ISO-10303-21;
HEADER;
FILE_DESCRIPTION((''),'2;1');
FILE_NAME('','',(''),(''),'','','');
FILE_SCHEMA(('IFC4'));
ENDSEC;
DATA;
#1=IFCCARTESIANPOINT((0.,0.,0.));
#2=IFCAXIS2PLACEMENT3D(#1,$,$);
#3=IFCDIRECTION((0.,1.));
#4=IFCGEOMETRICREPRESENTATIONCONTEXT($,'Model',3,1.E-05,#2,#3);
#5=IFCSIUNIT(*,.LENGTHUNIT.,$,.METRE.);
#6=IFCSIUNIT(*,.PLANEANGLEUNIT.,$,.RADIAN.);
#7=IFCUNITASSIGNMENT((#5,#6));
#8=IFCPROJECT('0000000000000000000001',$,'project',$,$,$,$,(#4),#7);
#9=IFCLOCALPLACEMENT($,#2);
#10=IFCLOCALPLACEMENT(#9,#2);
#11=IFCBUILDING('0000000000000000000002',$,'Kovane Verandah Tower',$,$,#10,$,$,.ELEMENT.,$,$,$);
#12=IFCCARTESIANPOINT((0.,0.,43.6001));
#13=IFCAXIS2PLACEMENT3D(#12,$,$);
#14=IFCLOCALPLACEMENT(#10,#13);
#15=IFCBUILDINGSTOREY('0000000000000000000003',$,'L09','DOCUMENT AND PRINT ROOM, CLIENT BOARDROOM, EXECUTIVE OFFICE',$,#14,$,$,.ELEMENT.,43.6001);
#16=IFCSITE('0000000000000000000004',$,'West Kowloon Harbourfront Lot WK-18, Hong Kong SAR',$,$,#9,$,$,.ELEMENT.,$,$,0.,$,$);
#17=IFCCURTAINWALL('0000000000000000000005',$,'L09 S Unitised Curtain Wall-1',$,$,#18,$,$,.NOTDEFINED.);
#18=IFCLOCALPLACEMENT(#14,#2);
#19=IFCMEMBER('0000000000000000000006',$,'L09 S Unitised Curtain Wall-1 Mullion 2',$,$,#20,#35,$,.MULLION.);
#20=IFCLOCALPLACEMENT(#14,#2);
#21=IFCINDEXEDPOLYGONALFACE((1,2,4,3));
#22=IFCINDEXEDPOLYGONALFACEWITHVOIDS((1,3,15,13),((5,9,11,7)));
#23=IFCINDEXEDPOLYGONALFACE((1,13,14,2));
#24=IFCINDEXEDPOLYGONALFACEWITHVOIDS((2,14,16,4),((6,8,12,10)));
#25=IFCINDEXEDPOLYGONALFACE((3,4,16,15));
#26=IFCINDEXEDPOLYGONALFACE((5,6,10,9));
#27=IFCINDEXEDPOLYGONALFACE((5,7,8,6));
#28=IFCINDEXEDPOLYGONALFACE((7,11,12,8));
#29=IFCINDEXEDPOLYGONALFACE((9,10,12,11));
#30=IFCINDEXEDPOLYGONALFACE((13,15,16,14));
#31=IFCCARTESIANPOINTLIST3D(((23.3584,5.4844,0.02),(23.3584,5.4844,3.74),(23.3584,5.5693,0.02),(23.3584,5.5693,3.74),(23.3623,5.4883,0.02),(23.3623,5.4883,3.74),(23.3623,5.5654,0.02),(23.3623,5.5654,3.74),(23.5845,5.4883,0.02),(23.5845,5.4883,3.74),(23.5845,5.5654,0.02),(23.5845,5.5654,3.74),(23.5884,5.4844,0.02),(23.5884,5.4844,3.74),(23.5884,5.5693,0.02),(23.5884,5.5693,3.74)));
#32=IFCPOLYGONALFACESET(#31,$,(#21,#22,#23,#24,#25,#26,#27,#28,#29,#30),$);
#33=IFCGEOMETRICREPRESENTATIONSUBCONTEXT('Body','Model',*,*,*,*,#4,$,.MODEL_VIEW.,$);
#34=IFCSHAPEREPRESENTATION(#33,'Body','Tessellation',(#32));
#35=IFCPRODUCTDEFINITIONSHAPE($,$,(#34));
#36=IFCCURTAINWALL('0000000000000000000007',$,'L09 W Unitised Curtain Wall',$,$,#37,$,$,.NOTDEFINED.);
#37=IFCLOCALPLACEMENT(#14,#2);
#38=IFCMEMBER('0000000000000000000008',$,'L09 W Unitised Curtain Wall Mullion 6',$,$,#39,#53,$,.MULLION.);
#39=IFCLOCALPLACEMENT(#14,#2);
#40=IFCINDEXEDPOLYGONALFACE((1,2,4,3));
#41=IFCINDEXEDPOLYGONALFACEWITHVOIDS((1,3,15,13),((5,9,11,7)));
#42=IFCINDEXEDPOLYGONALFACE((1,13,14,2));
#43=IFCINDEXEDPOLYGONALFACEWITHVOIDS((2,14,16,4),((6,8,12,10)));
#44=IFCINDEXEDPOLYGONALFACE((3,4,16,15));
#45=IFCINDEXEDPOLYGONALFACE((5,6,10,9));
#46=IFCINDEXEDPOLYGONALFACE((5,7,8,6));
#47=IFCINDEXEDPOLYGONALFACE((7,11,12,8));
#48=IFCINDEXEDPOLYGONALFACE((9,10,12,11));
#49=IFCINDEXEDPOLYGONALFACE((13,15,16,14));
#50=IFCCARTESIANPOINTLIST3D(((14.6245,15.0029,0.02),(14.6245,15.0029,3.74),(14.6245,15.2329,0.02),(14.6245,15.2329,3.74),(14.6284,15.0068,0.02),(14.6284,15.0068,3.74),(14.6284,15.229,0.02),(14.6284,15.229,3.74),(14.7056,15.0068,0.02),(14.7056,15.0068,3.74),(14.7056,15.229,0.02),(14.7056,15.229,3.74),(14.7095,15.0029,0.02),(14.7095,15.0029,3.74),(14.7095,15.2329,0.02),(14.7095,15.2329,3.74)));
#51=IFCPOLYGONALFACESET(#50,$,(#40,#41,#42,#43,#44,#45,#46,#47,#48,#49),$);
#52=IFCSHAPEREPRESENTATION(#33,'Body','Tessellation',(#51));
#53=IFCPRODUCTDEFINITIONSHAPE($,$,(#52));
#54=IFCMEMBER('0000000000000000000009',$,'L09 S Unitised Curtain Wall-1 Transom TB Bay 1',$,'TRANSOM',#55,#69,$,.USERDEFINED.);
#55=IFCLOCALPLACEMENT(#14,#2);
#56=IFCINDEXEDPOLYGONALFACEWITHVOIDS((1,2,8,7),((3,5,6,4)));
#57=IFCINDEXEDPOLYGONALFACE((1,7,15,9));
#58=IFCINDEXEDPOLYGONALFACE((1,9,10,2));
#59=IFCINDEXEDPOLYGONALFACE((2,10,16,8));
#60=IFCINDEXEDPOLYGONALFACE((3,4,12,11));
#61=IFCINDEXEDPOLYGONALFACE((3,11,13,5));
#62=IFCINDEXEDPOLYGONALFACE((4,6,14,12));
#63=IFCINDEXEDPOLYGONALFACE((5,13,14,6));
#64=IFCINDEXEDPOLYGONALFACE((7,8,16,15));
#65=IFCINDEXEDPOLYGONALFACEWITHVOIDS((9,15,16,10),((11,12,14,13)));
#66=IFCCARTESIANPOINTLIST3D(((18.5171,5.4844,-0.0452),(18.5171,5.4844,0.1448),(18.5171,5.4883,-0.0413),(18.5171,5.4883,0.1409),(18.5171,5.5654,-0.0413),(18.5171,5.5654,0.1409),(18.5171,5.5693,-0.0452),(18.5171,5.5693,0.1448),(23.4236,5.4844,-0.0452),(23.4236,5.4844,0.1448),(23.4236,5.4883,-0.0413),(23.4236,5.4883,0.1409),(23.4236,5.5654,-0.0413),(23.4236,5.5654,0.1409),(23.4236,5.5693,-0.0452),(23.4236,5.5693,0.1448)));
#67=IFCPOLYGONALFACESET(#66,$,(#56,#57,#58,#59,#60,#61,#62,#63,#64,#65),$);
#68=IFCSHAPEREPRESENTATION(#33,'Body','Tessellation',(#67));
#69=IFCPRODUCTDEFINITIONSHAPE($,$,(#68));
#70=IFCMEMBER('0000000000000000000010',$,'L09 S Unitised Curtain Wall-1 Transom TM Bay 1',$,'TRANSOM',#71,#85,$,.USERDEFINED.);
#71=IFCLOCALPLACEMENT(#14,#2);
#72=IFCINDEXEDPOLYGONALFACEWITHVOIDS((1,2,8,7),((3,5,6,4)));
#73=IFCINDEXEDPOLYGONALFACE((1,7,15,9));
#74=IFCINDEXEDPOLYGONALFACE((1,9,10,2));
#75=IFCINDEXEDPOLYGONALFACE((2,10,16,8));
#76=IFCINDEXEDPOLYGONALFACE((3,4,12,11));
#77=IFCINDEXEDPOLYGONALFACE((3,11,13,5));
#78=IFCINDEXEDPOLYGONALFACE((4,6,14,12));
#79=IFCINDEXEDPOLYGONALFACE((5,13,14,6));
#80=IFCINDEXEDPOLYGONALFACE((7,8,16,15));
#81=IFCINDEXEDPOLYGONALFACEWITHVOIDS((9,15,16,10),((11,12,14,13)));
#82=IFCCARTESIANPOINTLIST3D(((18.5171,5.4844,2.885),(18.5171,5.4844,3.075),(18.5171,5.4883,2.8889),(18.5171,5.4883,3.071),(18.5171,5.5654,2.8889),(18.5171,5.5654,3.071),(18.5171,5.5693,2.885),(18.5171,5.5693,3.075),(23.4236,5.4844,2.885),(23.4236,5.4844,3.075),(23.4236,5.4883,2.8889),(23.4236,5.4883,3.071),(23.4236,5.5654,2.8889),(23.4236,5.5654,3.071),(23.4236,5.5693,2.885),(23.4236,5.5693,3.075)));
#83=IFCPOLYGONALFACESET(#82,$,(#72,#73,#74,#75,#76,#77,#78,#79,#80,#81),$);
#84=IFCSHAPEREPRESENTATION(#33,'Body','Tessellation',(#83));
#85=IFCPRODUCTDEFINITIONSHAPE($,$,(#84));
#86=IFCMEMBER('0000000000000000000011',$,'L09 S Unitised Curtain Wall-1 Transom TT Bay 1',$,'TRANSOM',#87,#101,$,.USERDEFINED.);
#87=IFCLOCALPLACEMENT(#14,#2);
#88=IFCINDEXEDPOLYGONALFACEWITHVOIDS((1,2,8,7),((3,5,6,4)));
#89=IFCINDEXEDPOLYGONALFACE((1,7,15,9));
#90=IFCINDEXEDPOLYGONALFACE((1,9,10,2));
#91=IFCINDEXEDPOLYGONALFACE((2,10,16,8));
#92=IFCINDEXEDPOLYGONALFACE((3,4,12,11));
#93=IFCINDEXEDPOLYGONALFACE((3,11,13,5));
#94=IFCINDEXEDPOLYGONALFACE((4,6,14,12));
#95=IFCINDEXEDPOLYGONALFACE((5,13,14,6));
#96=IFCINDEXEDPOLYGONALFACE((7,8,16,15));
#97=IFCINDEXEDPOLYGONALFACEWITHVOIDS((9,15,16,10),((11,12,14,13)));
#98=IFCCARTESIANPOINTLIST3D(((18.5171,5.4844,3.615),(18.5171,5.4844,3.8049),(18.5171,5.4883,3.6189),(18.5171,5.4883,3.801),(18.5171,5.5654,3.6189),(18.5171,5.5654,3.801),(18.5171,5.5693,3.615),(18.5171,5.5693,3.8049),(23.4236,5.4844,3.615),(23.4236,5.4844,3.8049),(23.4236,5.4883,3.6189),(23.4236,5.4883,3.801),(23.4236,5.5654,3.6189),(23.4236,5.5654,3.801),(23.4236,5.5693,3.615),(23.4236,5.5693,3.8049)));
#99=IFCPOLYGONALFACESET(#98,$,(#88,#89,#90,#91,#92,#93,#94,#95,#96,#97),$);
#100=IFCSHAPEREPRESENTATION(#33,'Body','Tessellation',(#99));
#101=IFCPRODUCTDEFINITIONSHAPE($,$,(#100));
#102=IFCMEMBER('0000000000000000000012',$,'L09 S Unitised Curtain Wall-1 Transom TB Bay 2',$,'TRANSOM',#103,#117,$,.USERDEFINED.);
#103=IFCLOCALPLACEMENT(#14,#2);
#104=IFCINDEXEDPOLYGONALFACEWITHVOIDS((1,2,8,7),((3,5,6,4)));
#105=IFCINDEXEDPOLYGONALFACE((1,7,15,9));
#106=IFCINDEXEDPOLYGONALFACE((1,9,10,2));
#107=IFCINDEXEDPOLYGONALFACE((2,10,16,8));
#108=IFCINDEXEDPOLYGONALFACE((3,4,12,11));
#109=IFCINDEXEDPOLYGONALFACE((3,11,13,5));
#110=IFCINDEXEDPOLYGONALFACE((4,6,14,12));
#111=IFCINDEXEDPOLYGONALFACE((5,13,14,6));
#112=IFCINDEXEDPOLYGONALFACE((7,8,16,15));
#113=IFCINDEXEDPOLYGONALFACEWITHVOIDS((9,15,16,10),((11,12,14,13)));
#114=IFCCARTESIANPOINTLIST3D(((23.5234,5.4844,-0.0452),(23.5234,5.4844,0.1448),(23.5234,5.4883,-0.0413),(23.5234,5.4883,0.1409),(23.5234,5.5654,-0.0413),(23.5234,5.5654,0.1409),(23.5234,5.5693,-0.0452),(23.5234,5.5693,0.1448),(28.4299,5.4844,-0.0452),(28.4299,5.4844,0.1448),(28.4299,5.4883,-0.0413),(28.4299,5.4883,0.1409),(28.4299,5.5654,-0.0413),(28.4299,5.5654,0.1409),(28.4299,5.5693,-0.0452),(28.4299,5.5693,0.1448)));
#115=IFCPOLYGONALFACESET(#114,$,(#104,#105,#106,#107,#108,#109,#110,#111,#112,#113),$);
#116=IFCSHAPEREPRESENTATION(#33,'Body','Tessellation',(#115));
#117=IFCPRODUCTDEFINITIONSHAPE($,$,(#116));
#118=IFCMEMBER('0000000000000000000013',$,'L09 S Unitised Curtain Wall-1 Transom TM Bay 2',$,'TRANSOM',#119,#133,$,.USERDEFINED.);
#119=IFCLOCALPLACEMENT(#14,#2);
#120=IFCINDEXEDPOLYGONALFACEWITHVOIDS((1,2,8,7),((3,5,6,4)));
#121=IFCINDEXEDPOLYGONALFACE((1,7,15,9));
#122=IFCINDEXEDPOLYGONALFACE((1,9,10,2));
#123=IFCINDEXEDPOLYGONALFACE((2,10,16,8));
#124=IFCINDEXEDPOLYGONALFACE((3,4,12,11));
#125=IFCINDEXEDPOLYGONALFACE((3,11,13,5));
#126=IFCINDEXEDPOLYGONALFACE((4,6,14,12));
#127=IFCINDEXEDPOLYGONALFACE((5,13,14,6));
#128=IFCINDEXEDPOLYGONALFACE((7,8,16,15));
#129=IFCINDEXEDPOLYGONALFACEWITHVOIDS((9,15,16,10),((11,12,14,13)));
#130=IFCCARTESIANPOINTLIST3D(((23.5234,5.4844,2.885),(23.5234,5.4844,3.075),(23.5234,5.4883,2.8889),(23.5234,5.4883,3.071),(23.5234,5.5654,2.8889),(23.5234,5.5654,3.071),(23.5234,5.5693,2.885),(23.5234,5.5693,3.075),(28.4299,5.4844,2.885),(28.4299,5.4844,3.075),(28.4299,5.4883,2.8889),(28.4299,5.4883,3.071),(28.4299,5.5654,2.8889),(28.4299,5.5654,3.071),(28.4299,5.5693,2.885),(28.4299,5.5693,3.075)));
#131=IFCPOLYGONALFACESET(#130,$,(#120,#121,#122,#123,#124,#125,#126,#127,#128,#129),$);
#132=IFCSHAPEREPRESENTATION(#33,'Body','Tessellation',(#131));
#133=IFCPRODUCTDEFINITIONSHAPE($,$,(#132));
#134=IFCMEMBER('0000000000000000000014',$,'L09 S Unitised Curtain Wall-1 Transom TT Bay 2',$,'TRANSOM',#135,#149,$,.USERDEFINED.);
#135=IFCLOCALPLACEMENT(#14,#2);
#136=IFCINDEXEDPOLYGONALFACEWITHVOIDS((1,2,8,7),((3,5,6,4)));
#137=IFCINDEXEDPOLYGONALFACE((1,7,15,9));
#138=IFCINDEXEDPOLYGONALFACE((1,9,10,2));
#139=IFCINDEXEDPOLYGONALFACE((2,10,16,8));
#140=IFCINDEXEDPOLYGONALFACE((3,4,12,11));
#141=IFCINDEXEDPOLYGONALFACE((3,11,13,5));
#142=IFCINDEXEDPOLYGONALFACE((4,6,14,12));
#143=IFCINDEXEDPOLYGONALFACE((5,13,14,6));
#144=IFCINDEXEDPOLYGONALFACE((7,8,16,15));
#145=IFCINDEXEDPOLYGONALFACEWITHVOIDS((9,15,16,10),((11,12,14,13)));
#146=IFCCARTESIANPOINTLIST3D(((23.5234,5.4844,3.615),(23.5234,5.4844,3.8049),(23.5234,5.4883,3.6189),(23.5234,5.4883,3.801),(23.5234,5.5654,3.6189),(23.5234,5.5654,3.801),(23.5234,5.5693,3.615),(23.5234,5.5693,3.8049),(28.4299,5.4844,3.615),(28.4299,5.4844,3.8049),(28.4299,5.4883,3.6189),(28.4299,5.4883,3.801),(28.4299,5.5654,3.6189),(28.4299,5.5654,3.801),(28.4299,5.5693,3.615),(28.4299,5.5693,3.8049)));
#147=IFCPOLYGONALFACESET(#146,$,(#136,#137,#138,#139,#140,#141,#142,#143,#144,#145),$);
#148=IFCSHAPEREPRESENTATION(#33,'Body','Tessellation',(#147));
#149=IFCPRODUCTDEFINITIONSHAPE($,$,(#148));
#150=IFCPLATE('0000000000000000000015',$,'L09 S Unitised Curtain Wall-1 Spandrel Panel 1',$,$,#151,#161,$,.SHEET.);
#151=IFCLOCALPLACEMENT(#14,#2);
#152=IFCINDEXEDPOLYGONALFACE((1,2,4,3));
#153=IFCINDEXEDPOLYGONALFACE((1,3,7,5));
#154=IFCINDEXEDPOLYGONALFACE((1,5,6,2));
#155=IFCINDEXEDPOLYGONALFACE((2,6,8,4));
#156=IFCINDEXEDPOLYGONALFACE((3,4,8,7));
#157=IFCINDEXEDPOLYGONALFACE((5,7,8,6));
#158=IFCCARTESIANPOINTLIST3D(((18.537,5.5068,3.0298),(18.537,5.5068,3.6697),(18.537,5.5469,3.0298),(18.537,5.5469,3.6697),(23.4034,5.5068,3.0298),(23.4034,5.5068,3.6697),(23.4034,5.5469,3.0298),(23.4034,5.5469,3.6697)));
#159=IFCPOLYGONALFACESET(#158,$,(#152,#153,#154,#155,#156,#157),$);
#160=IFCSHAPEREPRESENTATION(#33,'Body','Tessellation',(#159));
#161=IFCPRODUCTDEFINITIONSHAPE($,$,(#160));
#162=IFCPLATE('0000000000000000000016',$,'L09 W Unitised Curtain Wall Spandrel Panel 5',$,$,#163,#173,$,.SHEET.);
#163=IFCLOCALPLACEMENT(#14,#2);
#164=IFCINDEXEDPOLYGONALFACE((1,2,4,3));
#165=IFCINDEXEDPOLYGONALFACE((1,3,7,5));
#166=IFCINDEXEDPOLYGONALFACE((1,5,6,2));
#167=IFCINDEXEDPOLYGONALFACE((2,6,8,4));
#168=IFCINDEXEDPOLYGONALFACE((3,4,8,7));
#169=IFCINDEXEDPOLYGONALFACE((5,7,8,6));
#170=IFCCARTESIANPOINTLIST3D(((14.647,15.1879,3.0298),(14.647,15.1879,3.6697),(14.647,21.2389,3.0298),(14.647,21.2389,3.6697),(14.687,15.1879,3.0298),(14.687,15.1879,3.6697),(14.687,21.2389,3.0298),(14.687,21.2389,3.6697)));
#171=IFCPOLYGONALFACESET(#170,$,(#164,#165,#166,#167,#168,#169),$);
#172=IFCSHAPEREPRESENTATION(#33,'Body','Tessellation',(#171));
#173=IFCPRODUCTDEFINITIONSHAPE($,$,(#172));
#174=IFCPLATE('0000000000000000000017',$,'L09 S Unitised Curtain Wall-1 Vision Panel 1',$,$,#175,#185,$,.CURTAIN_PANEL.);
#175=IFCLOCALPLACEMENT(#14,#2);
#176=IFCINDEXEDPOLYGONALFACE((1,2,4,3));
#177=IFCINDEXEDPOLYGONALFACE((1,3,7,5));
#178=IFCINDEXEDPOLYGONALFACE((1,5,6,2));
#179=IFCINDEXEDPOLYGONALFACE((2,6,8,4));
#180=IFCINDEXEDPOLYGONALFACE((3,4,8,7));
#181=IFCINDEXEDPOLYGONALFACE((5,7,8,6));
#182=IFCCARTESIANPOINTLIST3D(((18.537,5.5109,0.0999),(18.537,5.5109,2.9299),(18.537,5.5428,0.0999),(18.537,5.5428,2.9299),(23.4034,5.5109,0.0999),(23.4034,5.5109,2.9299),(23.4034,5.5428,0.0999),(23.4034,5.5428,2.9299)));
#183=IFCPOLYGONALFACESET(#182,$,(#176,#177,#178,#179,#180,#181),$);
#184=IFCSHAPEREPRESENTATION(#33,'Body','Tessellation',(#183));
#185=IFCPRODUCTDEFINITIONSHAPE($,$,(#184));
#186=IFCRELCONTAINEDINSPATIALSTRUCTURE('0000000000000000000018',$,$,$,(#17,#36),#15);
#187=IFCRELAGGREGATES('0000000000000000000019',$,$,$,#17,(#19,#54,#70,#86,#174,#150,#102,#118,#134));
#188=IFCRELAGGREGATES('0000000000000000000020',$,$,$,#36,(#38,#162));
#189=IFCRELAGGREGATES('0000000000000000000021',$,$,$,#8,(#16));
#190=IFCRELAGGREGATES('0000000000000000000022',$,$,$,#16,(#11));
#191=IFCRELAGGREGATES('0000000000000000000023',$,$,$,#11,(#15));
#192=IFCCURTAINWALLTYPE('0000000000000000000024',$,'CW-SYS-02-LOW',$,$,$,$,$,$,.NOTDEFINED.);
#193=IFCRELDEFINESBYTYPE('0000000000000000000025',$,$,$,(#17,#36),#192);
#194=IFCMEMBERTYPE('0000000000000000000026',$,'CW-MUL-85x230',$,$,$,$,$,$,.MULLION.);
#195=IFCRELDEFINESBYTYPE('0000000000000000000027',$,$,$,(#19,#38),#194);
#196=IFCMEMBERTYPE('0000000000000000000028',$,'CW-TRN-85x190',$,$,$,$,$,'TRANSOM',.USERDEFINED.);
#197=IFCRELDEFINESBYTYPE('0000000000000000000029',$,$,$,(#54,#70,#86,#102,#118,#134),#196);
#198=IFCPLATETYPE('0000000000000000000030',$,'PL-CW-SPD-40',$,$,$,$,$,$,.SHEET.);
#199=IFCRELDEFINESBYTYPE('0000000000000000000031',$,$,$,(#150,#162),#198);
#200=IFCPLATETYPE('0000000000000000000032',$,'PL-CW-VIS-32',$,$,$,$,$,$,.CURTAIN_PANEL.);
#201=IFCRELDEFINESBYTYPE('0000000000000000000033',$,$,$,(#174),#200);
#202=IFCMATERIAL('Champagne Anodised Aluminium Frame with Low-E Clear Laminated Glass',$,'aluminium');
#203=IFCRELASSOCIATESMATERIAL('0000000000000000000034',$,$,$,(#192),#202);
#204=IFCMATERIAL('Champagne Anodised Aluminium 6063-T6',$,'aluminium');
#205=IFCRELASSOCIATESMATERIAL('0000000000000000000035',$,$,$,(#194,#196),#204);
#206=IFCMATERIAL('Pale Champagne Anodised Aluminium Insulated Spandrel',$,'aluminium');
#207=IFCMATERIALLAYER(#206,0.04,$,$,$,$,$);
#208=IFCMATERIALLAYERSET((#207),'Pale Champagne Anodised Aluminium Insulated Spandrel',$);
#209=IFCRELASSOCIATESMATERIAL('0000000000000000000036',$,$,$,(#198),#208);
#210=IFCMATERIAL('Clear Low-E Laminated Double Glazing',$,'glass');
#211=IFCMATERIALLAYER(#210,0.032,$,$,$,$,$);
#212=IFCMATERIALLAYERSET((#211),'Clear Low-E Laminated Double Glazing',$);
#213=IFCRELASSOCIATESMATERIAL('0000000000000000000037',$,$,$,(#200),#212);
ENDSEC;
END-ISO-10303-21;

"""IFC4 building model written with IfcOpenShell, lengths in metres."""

from ifc_helpers import new_model, si_unit, direction, frame, origin, origin_2d, place, context, subcontext, project, spatial, rectangle, hollow_rectangle, extrude, material, layer, layer_set, material_profile, profile_set, type_object, element, aggregate, save


model = new_model("IFC4")

# Units and contexts
model_context = context("Model", 3, precision=1e-05, world=origin(), true_north=direction((0.0, 1.0)))
body_context = subcontext(model_context, "Body", "Model", "MODEL_VIEW")
ifc_project = project(units=[si_unit("LENGTHUNIT", "METRE"), si_unit("PLANEANGLEUNIT", "RADIAN")], contexts=[model_context])

# Site, building, storey
site_placement = place(None, origin())
site = spatial("IfcSite", under=ifc_project, at=site_placement, Name="West Kowloon Harbourfront Lot WK-18, Hong Kong SAR", CompositionType="ELEMENT", RefElevation=0.0)
building_placement = place(site_placement, origin())
building = spatial("IfcBuilding", under=site, at=building_placement, Name="Kovane Verandah Tower", CompositionType="ELEMENT")
storey_placement = place(building_placement, frame((0.0, 0.0, 43.6001)))
storey = spatial("IfcBuildingStorey", under=building, at=storey_placement, Name="L09", Description="DOCUMENT AND PRINT ROOM, CLIENT BOARDROOM, EXECUTIVE OFFICE", CompositionType="ELEMENT", Elevation=43.6001)

# Curtain wall, member
ifc_material_1 = material(Name="Champagne Anodised Aluminium Frame with Low-E Clear Laminated Glass", Category="aluminium")
curtain_wall_type = type_object("IfcCurtainWallType", Name="CW-SYS-02-LOW", PredefinedType="NOTDEFINED", material=ifc_material_1)
curtain_wall_1_placement = place(storey_placement, origin())
curtain_wall_1 = element("IfcCurtainWall", 1, at=curtain_wall_1_placement, inside=storey, type_object=curtain_wall_type, Name="L09 S Unitised Curtain Wall-1", PredefinedType="NOTDEFINED")
ifc_material_2 = material(Name="Champagne Anodised Aluminium 6063-T6", Category="aluminium")
ifc_material_profile_1 = material_profile(ifc_material_2, hollow_rectangle(XDim=0.085, YDim=0.23, WallThickness=0.0039, at=origin_2d()), Name="AL85x230x4")
ifc_profile_set_1 = profile_set([ifc_material_profile_1], Name="Champagne Anodised Aluminium 6063-T6")
member_type_1 = type_object("IfcMemberType", Name="CW-MUL-85x230", PredefinedType="MULLION", material=ifc_profile_set_1)
member_1_placement = place(storey_placement, frame((23.4734, 5.5269, 0.02), z_axis=(0.0, 0.0, 1.0), x_axis=(0.0, -1.0, 0.0)))
member_1 = element("IfcMember", 2, at=member_1_placement, type_object=member_type_1, Name="L09 S Unitised Curtain Wall-1 Mullion 2", PredefinedType="MULLION", context=body_context, shape_type="SweptSolid", body=[
    extrude(hollow_rectangle(XDim=0.085, YDim=0.23, WallThickness=0.0039, at=origin_2d()), origin(), (0.0, 0.0, 1.0), 3.72),
])

# Curtain wall, member
curtain_wall_2_placement = place(storey_placement, origin())
curtain_wall_2 = element("IfcCurtainWall", 3, at=curtain_wall_2_placement, inside=storey, type_object=curtain_wall_type, Name="L09 W Unitised Curtain Wall", PredefinedType="NOTDEFINED")
member_2_placement = place(storey_placement, frame((14.667, 15.1179, 0.02), z_axis=(0.0, 0.0, 1.0), x_axis=(-1.0, 0.0, 0.0)))
member_2 = element("IfcMember", 4, at=member_2_placement, type_object=member_type_1, Name="L09 W Unitised Curtain Wall Mullion 6", PredefinedType="MULLION", context=body_context, shape_type="SweptSolid", body=[
    extrude(hollow_rectangle(XDim=0.085, YDim=0.23, WallThickness=0.0039, at=origin_2d()), origin(), (0.0, 0.0, 1.0), 3.72),
])

# Members
ifc_material_profile_2 = material_profile(ifc_material_2, hollow_rectangle(XDim=0.085, YDim=0.1899, WallThickness=0.0039, at=origin_2d()), Name="AL85x190x4")
ifc_profile_set_2 = profile_set([ifc_material_profile_2], Name="Champagne Anodised Aluminium 6063-T6")
member_type_2 = type_object("IfcMemberType", Name="CW-TRN-85x190", ElementType="TRANSOM", PredefinedType="USERDEFINED", material=ifc_profile_set_2)
member_3_placement = place(storey_placement, frame((18.5171, 5.5269, 0.0498), z_axis=(1.0, 0.0, 0.0), x_axis=(0.0, 1.0, 0.0)))
member_3 = element("IfcMember", 5, at=member_3_placement, type_object=member_type_2, Name="L09 S Unitised Curtain Wall-1 Transom TB Bay 1", ObjectType="TRANSOM", PredefinedType="USERDEFINED", context=body_context, shape_type="SweptSolid", body=[
    extrude(hollow_rectangle(XDim=0.085, YDim=0.1899, WallThickness=0.0039, at=origin_2d()), origin(), (0.0, 0.0, 1.0), 4.9065),
])
member_4_placement = place(storey_placement, frame((18.5171, 5.5269, 2.98), z_axis=(1.0, 0.0, 0.0), x_axis=(0.0, 1.0, 0.0)))
member_4 = element("IfcMember", 6, at=member_4_placement, type_object=member_type_2, Name="L09 S Unitised Curtain Wall-1 Transom TM Bay 1", ObjectType="TRANSOM", PredefinedType="USERDEFINED", context=body_context, shape_type="SweptSolid", body=[
    extrude(hollow_rectangle(XDim=0.085, YDim=0.1899, WallThickness=0.0039, at=origin_2d()), origin(), (0.0, 0.0, 1.0), 4.9065),
])
member_5_placement = place(storey_placement, frame((18.5171, 5.5269, 3.71), z_axis=(1.0, 0.0, 0.0), x_axis=(0.0, 1.0, 0.0)))
member_5 = element("IfcMember", 7, at=member_5_placement, type_object=member_type_2, Name="L09 S Unitised Curtain Wall-1 Transom TT Bay 1", ObjectType="TRANSOM", PredefinedType="USERDEFINED", context=body_context, shape_type="SweptSolid", body=[
    extrude(hollow_rectangle(XDim=0.085, YDim=0.1899, WallThickness=0.0039, at=origin_2d()), origin(), (0.0, 0.0, 1.0), 4.9065),
])
member_6_placement = place(storey_placement, frame((23.5234, 5.5269, 0.0498), z_axis=(1.0, 0.0, 0.0), x_axis=(0.0, 1.0, 0.0)))
member_6 = element("IfcMember", 8, at=member_6_placement, type_object=member_type_2, Name="L09 S Unitised Curtain Wall-1 Transom TB Bay 2", ObjectType="TRANSOM", PredefinedType="USERDEFINED", context=body_context, shape_type="SweptSolid", body=[
    extrude(hollow_rectangle(XDim=0.085, YDim=0.1899, WallThickness=0.0039, at=origin_2d()), origin(), (0.0, 0.0, 1.0), 4.9065),
])
member_7_placement = place(storey_placement, frame((23.5234, 5.5269, 2.98), z_axis=(1.0, 0.0, 0.0), x_axis=(0.0, 1.0, 0.0)))
member_7 = element("IfcMember", 9, at=member_7_placement, type_object=member_type_2, Name="L09 S Unitised Curtain Wall-1 Transom TM Bay 2", ObjectType="TRANSOM", PredefinedType="USERDEFINED", context=body_context, shape_type="SweptSolid", body=[
    extrude(hollow_rectangle(XDim=0.085, YDim=0.1899, WallThickness=0.0039, at=origin_2d()), origin(), (0.0, 0.0, 1.0), 4.9065),
])
member_8_placement = place(storey_placement, frame((23.5234, 5.5269, 3.71), z_axis=(1.0, 0.0, 0.0), x_axis=(0.0, 1.0, 0.0)))
member_8 = element("IfcMember", 10, at=member_8_placement, type_object=member_type_2, Name="L09 S Unitised Curtain Wall-1 Transom TT Bay 2", ObjectType="TRANSOM", PredefinedType="USERDEFINED", context=body_context, shape_type="SweptSolid", body=[
    extrude(hollow_rectangle(XDim=0.085, YDim=0.1899, WallThickness=0.0039, at=origin_2d()), origin(), (0.0, 0.0, 1.0), 4.9065),
])

# Plates
ifc_material_3 = material(Name="Pale Champagne Anodised Aluminium Insulated Spandrel", Category="aluminium")
ifc_layer_1 = layer(ifc_material_3, 0.04)
ifc_layer_set_1 = layer_set([ifc_layer_1], Name="Pale Champagne Anodised Aluminium Insulated Spandrel")
plate_type_1 = type_object("IfcPlateType", Name="PL-CW-SPD-40", PredefinedType="SHEET", material=ifc_layer_set_1)
plate_1_placement = place(storey_placement, frame((20.9702, 5.5269, 3.0298), z_axis=(0.0, 0.0, 1.0), x_axis=(1.0, 0.0, 0.0)))
plate_1 = element("IfcPlate", 11, at=plate_1_placement, type_object=plate_type_1, Name="L09 S Unitised Curtain Wall-1 Spandrel Panel 1", PredefinedType="SHEET", context=body_context, shape_type="SweptSolid", body=[
    extrude(rectangle(XDim=4.8665, YDim=0.04, at=origin_2d()), origin(), (0.0, 0.0, 1.0), 0.6399),
])
plate_2_placement = place(storey_placement, frame((14.667, 18.2134, 3.0298), z_axis=(0.0, 0.0, 1.0), x_axis=(0.0, -1.0, 0.0)))
plate_2 = element("IfcPlate", 12, at=plate_2_placement, type_object=plate_type_1, Name="L09 W Unitised Curtain Wall Spandrel Panel 5", PredefinedType="SHEET", context=body_context, shape_type="SweptSolid", body=[
    extrude(rectangle(XDim=6.051, YDim=0.04, at=origin_2d()), origin(), (0.0, 0.0, 1.0), 0.6399),
])
ifc_material_4 = material(Name="Clear Low-E Laminated Double Glazing", Category="glass")
ifc_layer_2 = layer(ifc_material_4, 0.032)
ifc_layer_set_2 = layer_set([ifc_layer_2], Name="Clear Low-E Laminated Double Glazing")
plate_type_2 = type_object("IfcPlateType", Name="PL-CW-VIS-32", PredefinedType="CURTAIN_PANEL", material=ifc_layer_set_2)
plate_3_placement = place(storey_placement, frame((20.9702, 5.5269, 0.0999), z_axis=(0.0, 0.0, 1.0), x_axis=(1.0, 0.0, 0.0)))
plate_3 = element("IfcPlate", 13, at=plate_3_placement, type_object=plate_type_2, Name="L09 S Unitised Curtain Wall-1 Vision Panel 1", PredefinedType="CURTAIN_PANEL", context=body_context, shape_type="SweptSolid", body=[
    extrude(rectangle(XDim=4.8665, YDim=0.032, at=origin_2d()), origin(), (0.0, 0.0, 1.0), 2.8301),
])
aggregate(curtain_wall_1, [member_1, member_3, member_4, member_5, plate_3, plate_1, member_6, member_7, member_8])
aggregate(curtain_wall_2, [member_2, plate_2])

save(model, "model.ifc")
